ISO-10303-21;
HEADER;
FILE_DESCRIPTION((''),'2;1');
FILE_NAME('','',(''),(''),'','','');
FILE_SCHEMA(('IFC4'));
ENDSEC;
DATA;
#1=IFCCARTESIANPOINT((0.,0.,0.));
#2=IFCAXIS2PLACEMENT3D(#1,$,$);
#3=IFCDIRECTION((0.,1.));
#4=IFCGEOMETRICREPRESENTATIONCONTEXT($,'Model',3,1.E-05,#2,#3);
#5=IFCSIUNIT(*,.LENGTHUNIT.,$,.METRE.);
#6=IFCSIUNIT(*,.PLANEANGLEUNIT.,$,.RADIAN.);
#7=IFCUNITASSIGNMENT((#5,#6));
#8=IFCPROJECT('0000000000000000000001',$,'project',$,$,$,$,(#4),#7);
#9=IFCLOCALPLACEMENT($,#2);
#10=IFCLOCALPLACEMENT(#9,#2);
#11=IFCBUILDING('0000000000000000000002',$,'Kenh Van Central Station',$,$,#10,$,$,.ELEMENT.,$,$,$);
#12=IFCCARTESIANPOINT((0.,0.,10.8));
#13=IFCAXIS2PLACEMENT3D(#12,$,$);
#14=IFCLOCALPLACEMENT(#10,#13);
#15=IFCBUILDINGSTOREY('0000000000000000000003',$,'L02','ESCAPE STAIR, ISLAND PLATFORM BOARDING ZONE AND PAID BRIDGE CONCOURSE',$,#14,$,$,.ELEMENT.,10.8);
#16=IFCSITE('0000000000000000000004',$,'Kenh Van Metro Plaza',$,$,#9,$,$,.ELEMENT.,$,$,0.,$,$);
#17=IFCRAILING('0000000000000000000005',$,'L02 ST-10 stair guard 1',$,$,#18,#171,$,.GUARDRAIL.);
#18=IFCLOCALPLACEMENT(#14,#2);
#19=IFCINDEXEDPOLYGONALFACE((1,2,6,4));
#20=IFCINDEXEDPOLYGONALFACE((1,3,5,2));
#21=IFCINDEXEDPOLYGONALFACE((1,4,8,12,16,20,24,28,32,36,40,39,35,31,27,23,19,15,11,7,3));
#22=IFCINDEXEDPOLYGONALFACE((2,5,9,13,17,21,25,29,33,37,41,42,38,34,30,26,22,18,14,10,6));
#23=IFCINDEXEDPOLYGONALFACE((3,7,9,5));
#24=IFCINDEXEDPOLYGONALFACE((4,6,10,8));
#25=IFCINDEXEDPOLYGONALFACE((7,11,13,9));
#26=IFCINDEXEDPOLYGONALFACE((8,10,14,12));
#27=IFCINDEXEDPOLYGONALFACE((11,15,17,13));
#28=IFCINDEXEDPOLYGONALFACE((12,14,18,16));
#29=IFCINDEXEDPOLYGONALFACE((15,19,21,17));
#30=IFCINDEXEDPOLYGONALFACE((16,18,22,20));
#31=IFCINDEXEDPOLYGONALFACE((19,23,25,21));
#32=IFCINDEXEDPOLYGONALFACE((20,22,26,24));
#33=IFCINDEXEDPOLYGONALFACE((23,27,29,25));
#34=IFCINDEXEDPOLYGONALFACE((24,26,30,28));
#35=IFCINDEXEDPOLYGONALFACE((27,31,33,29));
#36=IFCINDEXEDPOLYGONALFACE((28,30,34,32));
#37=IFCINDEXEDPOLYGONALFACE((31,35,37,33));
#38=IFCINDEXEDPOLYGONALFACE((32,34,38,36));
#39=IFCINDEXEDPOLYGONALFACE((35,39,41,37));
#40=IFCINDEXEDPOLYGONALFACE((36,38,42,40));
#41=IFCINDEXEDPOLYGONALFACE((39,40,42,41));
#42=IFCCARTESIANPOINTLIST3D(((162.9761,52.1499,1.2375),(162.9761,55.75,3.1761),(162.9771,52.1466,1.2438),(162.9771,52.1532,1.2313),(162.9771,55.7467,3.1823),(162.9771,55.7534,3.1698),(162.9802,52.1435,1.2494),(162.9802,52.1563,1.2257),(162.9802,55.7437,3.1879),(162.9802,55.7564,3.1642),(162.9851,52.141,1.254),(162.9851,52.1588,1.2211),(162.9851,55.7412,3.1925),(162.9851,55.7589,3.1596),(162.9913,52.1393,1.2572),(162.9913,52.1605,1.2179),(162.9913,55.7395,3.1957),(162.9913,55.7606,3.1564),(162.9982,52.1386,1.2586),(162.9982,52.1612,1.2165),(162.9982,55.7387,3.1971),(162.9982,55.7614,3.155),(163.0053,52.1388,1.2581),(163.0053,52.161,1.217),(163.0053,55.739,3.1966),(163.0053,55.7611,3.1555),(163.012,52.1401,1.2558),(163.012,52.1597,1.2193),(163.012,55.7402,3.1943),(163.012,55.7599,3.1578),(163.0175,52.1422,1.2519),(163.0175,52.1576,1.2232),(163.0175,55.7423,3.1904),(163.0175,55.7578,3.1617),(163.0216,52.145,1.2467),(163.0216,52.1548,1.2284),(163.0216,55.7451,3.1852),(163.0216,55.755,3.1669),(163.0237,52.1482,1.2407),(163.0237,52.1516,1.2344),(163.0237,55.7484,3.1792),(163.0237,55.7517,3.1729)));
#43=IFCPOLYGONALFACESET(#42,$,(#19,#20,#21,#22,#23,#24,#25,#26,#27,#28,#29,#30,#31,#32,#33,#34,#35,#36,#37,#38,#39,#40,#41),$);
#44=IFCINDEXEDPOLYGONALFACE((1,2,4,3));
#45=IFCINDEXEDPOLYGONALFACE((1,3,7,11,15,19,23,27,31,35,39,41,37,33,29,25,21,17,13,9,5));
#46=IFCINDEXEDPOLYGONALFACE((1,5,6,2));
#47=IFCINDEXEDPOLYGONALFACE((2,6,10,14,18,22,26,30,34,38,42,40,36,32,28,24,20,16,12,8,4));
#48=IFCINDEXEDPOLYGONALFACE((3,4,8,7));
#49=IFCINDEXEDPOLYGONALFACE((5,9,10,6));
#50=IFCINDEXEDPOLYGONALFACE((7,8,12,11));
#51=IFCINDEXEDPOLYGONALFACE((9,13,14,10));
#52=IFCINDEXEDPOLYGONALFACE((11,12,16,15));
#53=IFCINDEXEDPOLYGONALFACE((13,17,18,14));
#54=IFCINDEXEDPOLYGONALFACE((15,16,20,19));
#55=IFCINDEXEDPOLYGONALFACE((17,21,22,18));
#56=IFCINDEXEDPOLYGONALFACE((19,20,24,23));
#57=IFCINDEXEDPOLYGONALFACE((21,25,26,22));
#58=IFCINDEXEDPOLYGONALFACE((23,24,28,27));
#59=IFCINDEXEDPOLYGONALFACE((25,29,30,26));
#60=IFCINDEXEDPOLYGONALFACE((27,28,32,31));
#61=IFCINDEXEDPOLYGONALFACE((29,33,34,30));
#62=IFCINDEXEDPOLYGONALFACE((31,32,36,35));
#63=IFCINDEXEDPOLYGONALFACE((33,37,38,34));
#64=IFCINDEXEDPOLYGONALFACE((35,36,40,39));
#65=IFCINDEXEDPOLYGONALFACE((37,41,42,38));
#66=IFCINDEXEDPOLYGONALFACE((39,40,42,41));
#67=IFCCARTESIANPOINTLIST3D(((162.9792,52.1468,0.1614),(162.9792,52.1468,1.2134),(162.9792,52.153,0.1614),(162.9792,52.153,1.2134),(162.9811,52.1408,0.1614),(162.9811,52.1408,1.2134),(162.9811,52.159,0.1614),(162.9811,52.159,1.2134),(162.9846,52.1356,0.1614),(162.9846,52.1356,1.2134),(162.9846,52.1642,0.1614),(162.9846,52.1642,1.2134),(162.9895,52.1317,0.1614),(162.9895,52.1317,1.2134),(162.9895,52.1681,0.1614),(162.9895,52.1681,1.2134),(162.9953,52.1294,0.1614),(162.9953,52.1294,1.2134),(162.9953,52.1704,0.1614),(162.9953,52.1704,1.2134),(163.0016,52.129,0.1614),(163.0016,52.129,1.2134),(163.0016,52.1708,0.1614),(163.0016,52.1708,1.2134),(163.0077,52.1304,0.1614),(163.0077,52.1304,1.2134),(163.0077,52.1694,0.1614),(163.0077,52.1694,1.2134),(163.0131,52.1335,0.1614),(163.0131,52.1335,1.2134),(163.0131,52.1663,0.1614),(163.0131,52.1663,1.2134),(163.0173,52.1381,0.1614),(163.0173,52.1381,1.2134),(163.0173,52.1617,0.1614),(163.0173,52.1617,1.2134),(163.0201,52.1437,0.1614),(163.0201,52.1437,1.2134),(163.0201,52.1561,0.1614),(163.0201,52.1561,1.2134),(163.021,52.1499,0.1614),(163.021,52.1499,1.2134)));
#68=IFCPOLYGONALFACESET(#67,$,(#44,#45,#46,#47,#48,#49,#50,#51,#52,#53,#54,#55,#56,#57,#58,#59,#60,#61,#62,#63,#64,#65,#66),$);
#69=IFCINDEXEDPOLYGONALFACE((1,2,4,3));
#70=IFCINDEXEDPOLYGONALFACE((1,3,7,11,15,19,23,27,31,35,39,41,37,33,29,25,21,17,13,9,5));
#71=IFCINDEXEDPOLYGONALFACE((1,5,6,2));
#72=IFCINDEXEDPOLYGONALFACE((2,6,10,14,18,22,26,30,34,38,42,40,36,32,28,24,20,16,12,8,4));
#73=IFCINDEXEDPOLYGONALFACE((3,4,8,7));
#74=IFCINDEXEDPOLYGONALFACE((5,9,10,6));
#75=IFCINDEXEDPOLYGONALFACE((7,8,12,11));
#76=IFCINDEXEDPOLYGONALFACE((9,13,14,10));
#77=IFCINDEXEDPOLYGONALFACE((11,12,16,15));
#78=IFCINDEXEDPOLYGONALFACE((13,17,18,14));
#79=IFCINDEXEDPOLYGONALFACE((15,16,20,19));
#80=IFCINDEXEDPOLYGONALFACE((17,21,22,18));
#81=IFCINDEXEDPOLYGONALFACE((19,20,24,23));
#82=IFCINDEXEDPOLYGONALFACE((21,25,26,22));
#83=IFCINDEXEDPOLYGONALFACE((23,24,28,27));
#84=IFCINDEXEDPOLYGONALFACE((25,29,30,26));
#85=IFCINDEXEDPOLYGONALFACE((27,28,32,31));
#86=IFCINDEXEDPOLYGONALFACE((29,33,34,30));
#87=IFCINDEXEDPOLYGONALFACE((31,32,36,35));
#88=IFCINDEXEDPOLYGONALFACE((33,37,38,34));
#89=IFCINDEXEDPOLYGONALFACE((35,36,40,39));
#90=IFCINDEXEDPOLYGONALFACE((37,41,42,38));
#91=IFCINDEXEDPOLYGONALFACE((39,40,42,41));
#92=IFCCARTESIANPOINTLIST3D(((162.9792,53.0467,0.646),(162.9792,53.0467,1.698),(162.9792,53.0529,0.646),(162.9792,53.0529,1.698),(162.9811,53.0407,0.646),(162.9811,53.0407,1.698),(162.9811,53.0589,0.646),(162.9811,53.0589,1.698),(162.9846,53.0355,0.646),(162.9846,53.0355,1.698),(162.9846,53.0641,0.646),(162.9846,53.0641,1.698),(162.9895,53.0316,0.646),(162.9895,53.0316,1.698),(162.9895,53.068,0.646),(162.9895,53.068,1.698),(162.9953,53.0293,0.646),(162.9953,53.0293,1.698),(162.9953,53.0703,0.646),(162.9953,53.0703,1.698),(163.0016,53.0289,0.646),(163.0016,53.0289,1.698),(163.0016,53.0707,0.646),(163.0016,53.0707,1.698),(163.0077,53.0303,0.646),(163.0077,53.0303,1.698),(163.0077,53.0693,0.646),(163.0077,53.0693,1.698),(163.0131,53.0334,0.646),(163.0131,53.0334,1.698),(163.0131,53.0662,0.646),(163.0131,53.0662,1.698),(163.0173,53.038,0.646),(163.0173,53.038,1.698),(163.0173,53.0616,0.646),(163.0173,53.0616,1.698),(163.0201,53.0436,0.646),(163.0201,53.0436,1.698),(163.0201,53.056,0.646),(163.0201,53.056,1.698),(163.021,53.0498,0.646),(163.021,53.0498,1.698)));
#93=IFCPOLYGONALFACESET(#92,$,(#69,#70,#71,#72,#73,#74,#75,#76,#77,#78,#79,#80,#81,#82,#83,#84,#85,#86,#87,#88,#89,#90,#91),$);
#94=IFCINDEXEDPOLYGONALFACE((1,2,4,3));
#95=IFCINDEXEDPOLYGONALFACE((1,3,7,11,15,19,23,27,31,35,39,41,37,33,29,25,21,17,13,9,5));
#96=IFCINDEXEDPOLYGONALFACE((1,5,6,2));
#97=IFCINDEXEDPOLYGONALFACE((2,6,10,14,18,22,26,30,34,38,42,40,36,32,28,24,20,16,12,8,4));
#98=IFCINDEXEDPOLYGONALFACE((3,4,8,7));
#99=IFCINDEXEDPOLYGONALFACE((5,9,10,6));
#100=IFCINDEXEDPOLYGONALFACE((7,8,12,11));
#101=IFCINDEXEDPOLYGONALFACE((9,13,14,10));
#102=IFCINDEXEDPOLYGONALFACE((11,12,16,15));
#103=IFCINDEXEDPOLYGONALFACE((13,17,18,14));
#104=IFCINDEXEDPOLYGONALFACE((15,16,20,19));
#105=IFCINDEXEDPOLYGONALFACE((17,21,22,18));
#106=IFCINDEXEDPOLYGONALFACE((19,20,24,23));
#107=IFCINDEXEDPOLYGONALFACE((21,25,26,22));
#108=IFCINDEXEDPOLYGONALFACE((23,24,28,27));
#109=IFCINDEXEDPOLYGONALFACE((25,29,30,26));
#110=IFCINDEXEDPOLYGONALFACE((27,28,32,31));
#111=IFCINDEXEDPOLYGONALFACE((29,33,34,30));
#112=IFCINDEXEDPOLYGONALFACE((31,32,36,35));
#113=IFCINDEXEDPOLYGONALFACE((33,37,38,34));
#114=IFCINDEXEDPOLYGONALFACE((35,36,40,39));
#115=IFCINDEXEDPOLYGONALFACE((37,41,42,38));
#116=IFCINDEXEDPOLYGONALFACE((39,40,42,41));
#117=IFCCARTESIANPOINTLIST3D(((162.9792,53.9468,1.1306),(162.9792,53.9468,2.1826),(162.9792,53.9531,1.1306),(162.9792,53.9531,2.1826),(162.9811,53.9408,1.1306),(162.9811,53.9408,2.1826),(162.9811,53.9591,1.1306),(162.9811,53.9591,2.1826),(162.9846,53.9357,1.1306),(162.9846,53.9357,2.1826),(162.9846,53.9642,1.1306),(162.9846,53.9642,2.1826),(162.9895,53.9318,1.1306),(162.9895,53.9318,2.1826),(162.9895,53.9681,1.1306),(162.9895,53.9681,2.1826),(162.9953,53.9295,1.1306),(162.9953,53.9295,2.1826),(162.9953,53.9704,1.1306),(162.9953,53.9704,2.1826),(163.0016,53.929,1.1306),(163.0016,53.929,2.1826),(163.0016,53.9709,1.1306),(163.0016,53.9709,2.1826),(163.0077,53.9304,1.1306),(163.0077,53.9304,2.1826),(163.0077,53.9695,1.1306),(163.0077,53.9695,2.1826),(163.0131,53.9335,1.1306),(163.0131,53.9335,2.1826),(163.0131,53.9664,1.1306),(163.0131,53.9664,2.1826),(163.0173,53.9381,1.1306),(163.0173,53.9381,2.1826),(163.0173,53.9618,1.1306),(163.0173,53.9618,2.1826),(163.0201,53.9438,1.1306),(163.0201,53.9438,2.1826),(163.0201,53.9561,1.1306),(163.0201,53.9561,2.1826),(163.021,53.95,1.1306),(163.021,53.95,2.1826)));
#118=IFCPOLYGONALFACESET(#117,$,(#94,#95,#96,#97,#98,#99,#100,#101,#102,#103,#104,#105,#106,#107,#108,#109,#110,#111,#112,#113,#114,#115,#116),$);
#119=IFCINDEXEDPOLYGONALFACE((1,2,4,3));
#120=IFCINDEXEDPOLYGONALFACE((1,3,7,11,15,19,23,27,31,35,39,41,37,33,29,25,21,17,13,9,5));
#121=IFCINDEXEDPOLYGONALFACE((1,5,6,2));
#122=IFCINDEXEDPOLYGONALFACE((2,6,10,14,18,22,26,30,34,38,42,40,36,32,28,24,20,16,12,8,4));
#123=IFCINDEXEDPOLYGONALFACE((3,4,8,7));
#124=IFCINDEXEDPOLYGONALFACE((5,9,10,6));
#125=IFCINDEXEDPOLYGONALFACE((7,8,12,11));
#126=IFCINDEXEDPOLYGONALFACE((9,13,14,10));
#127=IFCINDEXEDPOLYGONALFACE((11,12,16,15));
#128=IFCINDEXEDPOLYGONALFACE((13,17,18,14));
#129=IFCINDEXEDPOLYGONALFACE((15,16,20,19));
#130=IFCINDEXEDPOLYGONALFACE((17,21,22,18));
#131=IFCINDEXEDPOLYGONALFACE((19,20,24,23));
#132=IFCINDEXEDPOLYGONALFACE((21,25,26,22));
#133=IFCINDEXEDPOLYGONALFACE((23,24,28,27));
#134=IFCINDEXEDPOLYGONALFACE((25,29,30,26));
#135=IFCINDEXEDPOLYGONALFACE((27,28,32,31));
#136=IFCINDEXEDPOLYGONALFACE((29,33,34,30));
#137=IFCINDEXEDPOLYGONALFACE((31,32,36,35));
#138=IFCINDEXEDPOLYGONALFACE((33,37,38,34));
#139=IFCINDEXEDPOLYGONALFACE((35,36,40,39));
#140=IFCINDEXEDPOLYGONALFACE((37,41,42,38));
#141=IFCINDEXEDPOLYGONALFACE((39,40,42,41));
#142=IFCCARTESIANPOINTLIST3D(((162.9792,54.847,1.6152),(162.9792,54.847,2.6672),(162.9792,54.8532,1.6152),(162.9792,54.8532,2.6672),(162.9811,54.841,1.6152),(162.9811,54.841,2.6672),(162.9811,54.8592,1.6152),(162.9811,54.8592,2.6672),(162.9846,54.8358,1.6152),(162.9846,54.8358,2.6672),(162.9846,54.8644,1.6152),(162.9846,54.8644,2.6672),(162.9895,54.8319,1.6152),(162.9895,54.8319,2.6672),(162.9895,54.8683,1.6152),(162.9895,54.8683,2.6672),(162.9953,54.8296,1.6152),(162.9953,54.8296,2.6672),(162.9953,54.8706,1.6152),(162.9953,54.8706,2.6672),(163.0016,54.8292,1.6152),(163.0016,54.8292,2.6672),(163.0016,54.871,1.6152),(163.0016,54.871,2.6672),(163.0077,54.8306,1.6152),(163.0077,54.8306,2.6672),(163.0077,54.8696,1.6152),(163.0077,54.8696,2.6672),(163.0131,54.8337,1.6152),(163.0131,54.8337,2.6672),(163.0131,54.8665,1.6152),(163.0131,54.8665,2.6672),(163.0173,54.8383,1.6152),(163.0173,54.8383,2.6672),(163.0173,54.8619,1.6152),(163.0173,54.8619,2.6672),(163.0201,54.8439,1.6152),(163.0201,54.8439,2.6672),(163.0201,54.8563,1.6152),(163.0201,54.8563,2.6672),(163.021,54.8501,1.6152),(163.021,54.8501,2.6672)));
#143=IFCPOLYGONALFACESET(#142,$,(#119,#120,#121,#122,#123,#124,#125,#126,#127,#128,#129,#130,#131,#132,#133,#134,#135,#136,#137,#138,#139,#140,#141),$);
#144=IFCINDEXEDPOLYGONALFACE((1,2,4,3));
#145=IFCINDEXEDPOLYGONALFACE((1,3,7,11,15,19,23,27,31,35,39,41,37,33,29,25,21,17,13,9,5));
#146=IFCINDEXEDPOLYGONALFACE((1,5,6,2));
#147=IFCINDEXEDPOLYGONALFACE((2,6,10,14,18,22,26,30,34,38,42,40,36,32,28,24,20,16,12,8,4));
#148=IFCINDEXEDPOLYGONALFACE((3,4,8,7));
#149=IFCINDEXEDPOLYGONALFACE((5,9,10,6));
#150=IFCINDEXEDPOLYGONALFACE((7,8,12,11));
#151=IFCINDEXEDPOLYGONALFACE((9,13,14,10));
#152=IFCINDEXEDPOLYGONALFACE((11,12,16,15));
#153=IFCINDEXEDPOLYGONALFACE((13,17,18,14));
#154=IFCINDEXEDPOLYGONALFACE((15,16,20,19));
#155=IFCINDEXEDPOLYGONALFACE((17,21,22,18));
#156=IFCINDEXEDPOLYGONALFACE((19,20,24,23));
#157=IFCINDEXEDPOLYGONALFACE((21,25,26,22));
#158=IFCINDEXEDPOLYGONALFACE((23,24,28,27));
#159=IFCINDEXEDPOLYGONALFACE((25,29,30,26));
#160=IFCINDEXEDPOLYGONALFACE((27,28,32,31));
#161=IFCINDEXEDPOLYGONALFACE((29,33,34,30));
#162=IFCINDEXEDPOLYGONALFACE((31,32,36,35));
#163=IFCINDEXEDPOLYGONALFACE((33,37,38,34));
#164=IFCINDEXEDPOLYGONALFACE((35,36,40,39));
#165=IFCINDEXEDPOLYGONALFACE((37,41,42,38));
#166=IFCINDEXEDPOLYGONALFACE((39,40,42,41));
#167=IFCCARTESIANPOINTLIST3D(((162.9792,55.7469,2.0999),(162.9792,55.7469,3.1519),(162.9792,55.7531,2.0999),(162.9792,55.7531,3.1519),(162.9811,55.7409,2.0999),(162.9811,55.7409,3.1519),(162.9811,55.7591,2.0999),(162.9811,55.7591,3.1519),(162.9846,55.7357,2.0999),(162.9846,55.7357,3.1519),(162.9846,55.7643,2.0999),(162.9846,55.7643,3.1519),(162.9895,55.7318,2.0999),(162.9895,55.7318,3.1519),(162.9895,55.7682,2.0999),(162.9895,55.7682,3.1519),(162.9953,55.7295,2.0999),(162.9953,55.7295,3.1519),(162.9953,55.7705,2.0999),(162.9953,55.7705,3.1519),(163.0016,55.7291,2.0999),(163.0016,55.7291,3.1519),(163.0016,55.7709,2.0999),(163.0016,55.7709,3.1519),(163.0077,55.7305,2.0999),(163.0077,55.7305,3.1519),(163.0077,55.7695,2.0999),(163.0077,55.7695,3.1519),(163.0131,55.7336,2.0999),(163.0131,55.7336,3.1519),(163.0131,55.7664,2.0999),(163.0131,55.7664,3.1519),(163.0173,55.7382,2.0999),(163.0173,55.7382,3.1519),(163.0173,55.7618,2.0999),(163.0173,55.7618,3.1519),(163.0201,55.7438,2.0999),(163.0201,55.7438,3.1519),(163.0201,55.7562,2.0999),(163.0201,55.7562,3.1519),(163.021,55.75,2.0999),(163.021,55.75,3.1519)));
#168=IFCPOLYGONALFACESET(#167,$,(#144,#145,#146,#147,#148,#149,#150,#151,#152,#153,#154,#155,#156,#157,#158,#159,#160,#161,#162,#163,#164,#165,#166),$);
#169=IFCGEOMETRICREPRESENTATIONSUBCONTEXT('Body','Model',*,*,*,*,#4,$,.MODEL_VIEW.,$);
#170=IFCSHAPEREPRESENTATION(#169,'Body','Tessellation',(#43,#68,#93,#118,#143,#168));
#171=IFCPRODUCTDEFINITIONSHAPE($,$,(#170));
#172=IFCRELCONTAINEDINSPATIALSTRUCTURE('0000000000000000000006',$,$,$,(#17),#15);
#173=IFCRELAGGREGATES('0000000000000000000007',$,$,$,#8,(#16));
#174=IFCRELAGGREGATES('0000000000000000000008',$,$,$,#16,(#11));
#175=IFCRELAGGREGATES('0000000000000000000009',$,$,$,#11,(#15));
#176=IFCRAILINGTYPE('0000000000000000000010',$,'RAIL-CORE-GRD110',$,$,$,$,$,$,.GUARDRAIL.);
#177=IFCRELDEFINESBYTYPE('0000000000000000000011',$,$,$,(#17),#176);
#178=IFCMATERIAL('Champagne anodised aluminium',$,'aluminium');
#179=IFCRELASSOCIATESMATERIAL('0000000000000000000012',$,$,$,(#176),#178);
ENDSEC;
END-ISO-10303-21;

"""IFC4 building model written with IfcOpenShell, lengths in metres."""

from ifc_helpers import new_model, si_unit, direction, frame, origin, origin_2d, place, context, subcontext, project, spatial, circle, extrude, material, type_object, element, save


model = new_model("IFC4")

# Units and contexts
model_context = context("Model", 3, precision=1e-05, world=origin(), true_north=direction((0.0, 1.0)))
body_context = subcontext(model_context, "Body", "Model", "MODEL_VIEW")
ifc_project = project(units=[si_unit("LENGTHUNIT", "METRE"), si_unit("PLANEANGLEUNIT", "RADIAN")], contexts=[model_context])

# Site, building, storey
site_placement = place(None, origin())
site = spatial("IfcSite", under=ifc_project, at=site_placement, Name="Kenh Van Metro Plaza", CompositionType="ELEMENT", RefElevation=0.0)
building_placement = place(site_placement, origin())
building = spatial("IfcBuilding", under=site, at=building_placement, Name="Kenh Van Central Station", CompositionType="ELEMENT")
storey_placement = place(building_placement, frame((0.0, 0.0, 10.8)))
storey = spatial("IfcBuildingStorey", under=building, at=storey_placement, Name="L02", Description="ESCAPE STAIR, ISLAND PLATFORM BOARDING ZONE AND PAID BRIDGE CONCOURSE", CompositionType="ELEMENT", Elevation=10.8)

# Shared definitions
ifc_material_1 = material(Name="Champagne anodised aluminium", Category="aluminium")

# Railing
railing_type_1 = type_object("IfcRailingType", Name="RAIL-CORE-GRD110", PredefinedType="GUARDRAIL", material=ifc_material_1)
railing_1_placement = place(storey_placement, frame((163.0, 52.1499, 0.1614)))
element("IfcRailing", 1, at=railing_1_placement, inside=storey, type_object=railing_type_1, Name="L02 ST-10 stair guard 1", PredefinedType="GUARDRAIL", context=body_context, shape_type="SweptSolid", body=[
    extrude(circle(Radius=0.0239, at=origin_2d()), frame((0.0, 0.0, 1.0762), z_axis=(0.0, 0.880475, 0.474093), x_axis=(-1.0, 0.0, 0.0)), (0.0, 0.0, 1.0), 4.0889),
    extrude(circle(Radius=0.021, at=origin_2d()), origin(), (0.0, 0.0, 1.0), 1.052),
    extrude(circle(Radius=0.021, at=origin_2d()), frame((0.0, 0.8999, 0.4846)), (0.0, 0.0, 1.0), 1.052),
    extrude(circle(Radius=0.021, at=origin_2d()), frame((0.0, 1.8, 0.9692)), (0.0, 0.0, 1.0), 1.052),
    extrude(circle(Radius=0.021, at=origin_2d()), frame((0.0, 2.7002, 1.4539)), (0.0, 0.0, 1.0), 1.052),
    extrude(circle(Radius=0.021, at=origin_2d()), frame((0.0, 3.6001, 1.9385)), (0.0, 0.0, 1.0), 1.052),
])

save(model, "model.ifc")
